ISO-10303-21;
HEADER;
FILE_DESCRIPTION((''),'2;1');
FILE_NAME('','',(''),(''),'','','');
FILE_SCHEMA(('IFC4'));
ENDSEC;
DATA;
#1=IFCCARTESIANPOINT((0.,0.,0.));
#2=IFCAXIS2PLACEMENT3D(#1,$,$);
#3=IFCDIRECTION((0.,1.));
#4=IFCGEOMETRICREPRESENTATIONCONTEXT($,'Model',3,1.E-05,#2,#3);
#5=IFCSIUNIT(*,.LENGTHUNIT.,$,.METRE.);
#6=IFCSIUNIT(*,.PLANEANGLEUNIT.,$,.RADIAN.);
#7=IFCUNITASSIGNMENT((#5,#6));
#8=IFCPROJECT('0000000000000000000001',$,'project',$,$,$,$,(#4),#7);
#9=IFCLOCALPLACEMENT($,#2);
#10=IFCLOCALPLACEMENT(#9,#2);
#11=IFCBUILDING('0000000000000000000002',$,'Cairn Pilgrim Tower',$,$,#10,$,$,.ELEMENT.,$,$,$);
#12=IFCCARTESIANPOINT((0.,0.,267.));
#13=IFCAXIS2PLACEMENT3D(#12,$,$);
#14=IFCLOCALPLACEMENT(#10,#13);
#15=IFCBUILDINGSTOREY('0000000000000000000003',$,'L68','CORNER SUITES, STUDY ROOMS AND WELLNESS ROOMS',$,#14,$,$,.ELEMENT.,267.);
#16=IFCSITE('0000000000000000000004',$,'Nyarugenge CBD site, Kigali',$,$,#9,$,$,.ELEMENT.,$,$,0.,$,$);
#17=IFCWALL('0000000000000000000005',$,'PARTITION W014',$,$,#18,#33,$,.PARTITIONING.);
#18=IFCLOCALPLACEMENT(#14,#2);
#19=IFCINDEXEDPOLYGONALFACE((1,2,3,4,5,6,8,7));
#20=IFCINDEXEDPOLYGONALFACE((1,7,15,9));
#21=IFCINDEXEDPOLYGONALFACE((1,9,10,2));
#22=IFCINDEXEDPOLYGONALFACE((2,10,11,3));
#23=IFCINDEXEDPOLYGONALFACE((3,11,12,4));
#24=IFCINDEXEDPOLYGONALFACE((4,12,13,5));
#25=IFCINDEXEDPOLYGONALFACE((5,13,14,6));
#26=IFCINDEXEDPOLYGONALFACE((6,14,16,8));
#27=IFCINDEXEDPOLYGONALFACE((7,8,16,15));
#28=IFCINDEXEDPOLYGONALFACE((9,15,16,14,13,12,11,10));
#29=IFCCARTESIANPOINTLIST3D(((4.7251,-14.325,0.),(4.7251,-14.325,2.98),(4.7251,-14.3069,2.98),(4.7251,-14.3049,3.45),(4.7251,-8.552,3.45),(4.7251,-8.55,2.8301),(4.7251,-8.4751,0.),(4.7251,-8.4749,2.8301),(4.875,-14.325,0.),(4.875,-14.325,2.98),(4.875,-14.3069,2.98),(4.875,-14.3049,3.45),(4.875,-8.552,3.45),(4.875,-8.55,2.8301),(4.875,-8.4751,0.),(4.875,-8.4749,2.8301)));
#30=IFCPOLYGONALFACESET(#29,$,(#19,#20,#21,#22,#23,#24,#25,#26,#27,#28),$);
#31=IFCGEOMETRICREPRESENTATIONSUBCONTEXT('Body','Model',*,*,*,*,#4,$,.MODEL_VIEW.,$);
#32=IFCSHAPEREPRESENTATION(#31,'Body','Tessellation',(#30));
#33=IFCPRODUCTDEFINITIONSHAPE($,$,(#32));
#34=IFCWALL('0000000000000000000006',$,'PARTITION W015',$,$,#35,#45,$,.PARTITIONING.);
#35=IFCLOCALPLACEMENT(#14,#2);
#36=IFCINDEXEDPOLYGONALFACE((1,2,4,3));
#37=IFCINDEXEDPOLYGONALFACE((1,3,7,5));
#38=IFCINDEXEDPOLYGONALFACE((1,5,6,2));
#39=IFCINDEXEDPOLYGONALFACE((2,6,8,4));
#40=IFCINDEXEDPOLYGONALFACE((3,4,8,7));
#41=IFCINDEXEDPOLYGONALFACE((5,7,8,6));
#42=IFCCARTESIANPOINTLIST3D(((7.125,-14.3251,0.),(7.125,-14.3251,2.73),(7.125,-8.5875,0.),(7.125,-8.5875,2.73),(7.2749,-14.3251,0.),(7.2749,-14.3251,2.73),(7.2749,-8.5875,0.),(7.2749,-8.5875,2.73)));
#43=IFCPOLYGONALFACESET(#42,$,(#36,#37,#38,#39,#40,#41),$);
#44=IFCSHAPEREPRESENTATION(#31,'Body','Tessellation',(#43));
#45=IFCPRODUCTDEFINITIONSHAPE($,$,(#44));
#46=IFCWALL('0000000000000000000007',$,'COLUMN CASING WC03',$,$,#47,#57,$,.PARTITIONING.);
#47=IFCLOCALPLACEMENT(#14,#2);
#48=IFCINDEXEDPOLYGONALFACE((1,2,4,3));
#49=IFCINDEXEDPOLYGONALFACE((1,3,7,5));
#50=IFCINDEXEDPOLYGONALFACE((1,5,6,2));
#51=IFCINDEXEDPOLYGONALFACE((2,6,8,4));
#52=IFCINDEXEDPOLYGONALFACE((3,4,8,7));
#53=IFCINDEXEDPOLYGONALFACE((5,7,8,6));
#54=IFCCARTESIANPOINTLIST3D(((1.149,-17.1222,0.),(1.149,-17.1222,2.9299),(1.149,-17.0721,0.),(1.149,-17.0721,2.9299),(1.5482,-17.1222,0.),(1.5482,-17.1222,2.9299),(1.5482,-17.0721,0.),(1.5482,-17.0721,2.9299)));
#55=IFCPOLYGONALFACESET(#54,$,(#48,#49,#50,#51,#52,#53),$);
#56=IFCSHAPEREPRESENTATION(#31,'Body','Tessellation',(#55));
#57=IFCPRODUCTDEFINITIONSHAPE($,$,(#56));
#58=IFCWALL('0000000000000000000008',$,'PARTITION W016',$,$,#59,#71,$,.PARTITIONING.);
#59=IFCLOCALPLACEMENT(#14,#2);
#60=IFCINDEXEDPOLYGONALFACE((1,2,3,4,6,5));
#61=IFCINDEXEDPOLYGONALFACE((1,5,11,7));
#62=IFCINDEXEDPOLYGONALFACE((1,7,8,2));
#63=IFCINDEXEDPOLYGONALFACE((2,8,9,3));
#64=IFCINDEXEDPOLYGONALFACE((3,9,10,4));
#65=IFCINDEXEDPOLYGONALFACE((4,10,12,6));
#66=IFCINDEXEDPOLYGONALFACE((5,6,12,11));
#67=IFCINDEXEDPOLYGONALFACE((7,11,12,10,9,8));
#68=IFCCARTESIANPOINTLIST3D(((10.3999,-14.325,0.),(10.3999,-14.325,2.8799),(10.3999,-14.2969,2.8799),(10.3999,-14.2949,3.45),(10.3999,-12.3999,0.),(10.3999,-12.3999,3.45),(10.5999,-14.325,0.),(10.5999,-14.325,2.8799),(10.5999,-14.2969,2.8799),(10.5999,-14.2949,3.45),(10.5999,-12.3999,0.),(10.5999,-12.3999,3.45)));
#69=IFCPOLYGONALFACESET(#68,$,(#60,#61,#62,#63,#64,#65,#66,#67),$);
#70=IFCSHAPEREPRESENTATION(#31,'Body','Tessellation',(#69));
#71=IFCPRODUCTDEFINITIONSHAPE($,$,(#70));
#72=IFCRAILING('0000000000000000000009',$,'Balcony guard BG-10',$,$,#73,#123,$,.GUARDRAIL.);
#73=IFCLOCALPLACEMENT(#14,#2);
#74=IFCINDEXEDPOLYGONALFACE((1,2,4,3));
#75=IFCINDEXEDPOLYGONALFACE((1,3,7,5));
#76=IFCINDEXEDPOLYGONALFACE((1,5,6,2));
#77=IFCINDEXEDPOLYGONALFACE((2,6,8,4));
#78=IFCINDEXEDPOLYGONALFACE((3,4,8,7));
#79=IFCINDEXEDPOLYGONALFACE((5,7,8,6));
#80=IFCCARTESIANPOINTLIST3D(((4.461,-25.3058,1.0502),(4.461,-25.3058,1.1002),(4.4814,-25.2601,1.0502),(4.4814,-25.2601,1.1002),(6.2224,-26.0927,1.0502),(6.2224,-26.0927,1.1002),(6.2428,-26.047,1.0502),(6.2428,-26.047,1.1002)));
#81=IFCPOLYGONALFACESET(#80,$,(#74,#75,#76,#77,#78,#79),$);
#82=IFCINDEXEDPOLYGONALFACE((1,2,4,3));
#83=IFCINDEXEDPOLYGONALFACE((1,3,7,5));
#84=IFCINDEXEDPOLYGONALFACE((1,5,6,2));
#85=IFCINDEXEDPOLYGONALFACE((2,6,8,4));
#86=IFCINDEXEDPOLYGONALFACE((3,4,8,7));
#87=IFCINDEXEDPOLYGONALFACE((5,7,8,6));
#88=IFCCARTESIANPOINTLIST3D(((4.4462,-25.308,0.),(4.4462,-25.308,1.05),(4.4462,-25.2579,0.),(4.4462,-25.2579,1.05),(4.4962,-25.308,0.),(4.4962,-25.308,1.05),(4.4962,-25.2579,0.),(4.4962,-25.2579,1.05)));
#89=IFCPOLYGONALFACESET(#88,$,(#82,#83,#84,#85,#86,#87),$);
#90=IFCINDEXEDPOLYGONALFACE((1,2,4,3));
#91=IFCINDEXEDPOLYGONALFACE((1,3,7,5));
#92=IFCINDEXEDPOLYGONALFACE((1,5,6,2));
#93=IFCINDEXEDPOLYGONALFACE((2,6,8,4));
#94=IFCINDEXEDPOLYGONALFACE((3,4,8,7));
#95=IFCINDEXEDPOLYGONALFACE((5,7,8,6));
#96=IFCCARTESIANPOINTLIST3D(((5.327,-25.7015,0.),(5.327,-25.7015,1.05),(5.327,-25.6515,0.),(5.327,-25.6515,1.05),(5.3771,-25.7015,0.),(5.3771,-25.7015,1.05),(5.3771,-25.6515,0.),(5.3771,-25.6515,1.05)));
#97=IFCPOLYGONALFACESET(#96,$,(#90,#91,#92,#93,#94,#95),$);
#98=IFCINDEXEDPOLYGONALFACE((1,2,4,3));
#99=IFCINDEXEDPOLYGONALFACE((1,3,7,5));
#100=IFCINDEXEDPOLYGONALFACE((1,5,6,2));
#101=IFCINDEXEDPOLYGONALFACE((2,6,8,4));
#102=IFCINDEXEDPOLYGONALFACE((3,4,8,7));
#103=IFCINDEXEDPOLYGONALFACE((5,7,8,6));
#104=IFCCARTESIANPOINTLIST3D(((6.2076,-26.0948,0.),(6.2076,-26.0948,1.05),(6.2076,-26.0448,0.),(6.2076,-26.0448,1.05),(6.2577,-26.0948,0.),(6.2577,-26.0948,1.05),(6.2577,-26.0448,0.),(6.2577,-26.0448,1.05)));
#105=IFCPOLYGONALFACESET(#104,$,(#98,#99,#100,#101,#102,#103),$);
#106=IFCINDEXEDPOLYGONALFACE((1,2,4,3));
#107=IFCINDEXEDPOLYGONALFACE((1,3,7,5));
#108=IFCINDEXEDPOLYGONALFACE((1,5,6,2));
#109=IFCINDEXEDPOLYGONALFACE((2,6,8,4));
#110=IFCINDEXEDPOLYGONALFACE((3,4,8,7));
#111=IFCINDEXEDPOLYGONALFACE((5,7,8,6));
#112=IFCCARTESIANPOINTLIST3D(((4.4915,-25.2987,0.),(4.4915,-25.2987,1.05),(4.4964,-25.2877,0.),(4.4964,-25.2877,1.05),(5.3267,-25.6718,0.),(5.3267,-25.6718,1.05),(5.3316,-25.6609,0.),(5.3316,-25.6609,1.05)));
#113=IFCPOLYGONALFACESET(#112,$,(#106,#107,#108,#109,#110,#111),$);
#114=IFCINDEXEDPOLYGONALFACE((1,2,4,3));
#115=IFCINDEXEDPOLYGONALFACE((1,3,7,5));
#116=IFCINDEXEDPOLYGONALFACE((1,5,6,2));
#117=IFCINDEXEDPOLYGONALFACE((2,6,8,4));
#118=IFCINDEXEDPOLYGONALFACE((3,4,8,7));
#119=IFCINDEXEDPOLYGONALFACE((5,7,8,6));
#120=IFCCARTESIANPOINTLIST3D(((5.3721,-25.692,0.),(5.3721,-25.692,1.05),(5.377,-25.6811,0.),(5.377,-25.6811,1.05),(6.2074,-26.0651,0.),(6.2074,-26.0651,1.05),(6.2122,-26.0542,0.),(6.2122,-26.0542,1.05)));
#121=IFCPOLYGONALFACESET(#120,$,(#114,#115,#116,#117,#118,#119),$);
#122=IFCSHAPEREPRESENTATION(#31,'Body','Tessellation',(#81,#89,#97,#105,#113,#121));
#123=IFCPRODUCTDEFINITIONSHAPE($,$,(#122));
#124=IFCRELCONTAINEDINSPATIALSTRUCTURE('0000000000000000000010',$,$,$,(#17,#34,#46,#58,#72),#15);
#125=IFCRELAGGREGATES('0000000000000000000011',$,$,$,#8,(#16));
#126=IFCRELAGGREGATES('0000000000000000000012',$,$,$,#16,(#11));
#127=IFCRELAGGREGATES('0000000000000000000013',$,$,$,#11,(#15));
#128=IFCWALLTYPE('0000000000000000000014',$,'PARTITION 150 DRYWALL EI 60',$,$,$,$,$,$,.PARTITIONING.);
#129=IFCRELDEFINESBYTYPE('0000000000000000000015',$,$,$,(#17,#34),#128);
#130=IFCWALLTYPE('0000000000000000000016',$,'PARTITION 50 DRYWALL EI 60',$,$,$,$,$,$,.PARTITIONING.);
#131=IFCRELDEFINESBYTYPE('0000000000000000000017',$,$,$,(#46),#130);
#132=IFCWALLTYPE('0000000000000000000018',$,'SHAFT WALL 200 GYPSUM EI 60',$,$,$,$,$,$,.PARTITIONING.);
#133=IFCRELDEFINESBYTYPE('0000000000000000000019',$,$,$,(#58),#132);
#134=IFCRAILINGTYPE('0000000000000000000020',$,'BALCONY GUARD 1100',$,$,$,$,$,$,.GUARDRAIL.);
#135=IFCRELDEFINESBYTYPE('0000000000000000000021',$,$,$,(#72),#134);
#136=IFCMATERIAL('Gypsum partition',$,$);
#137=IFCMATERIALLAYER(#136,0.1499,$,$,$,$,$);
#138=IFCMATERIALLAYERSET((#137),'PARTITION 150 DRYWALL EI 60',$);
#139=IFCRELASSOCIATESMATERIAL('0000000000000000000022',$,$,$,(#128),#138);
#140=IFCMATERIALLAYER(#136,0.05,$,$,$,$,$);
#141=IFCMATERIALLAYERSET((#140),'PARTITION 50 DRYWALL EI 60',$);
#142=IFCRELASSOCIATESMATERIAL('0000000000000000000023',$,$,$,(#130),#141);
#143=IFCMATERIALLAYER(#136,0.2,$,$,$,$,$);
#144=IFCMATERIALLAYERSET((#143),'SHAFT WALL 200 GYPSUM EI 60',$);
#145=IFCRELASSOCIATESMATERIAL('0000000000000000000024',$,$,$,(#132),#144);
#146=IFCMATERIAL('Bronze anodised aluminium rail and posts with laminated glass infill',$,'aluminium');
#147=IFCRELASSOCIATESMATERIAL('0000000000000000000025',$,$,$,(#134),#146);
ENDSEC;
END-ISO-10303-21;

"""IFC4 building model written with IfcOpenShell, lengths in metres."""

from ifc_helpers import new_model, si_unit, direction, frame, frame_2d, origin, origin_2d, place, context, subcontext, project, spatial, polyline, rectangle, outline, extrude, material, layer, layer_set, type_object, element, save


model = new_model("IFC4")

# Units and contexts
model_context = context("Model", 3, precision=1e-05, world=origin(), true_north=direction((0.0, 1.0)))
body_context = subcontext(model_context, "Body", "Model", "MODEL_VIEW")
ifc_project = project(units=[si_unit("LENGTHUNIT", "METRE"), si_unit("PLANEANGLEUNIT", "RADIAN")], contexts=[model_context])

# Site, building, storey
site_placement = place(None, origin())
site = spatial("IfcSite", under=ifc_project, at=site_placement, Name="Nyarugenge CBD site, Kigali", CompositionType="ELEMENT", RefElevation=0.0)
building_placement = place(site_placement, origin())
building = spatial("IfcBuilding", under=site, at=building_placement, Name="Cairn Pilgrim Tower", CompositionType="ELEMENT")
storey_placement = place(building_placement, frame((0.0, 0.0, 267.0)))
storey = spatial("IfcBuildingStorey", under=building, at=storey_placement, Name="L68", Description="CORNER SUITES, STUDY ROOMS AND WELLNESS ROOMS", CompositionType="ELEMENT", Elevation=267.0)

# Shared definitions
ifc_material_1 = material(Name="Gypsum partition")

# Shared definitions
ifc_layer_1 = layer(ifc_material_1, 0.1499)
ifc_layer_set_1 = layer_set([ifc_layer_1], Name="PARTITION 150 DRYWALL EI 60")
wall_type_1 = type_object("IfcWallType", Name="PARTITION 150 DRYWALL EI 60", PredefinedType="PARTITIONING", material=ifc_layer_set_1)

# Walls
wall_1_placement = place(storey_placement, frame((4.8, -14.325, 0.0), z_axis=(0.0, 0.0, 1.0), x_axis=(0.0, 1.0, 0.0)))
element("IfcWall", 1, at=wall_1_placement, inside=storey, type_object=wall_type_1, Name="PARTITION W014", PredefinedType="PARTITIONING", context=body_context, shape_type="SweptSolid", body=[
    extrude(outline(polyline([(0.0, 0.0), (5.8499, 0.0), (5.8501, 2.8301), (5.7749, 2.8301), (5.7729, 3.45), (0.02, 3.45), (0.0181, 2.98), (0.0, 2.98), (0.0, 0.0)])), frame((0.0, 0.075, 0.0), z_axis=(0.0, -1.0, 0.0), x_axis=(1.0, 0.0, 0.0)), (0.0, 0.0, 1.0), 0.1499),
])
wall_2_placement = place(storey_placement, frame((7.2, -14.325, 0.0), z_axis=(0.0, 0.0, 1.0), x_axis=(0.0, 1.0, 0.0)))
element("IfcWall", 2, at=wall_2_placement, inside=storey, type_object=wall_type_1, Name="PARTITION W015", PredefinedType="PARTITIONING", context=body_context, shape_type="SweptSolid", body=[
    extrude(rectangle(XDim=5.7375, YDim=0.1499, at=frame_2d((2.8687, 0.0))), origin(), (0.0, 0.0, 1.0), 2.73),
])
ifc_layer_2 = layer(ifc_material_1, 0.05)
ifc_layer_set_2 = layer_set([ifc_layer_2], Name="PARTITION 50 DRYWALL EI 60")
wall_type_2 = type_object("IfcWallType", Name="PARTITION 50 DRYWALL EI 60", PredefinedType="PARTITIONING", material=ifc_layer_set_2)
wall_3_placement = place(storey_placement, frame((1.1489, -17.0972, 0.0), z_axis=(0.0, 0.0, 1.0), x_axis=(1.0, 0.0, 0.0)))
element("IfcWall", 3, at=wall_3_placement, inside=storey, type_object=wall_type_2, Name="COLUMN CASING WC03", PredefinedType="PARTITIONING", context=body_context, shape_type="SweptSolid", body=[
    extrude(rectangle(XDim=0.3992, YDim=0.05, at=frame_2d((0.1997, 0.0))), origin(), (0.0, 0.0, 1.0), 2.9299),
])
ifc_layer_3 = layer(ifc_material_1, 0.2)
ifc_layer_set_3 = layer_set([ifc_layer_3], Name="SHAFT WALL 200 GYPSUM EI 60")
wall_type_3 = type_object("IfcWallType", Name="SHAFT WALL 200 GYPSUM EI 60", PredefinedType="PARTITIONING", material=ifc_layer_set_3)
wall_4_placement = place(storey_placement, frame((10.5, -14.325, 0.0), z_axis=(0.0, 0.0, 1.0), x_axis=(0.0, 1.0, 0.0)))
element("IfcWall", 4, at=wall_4_placement, inside=storey, type_object=wall_type_3, Name="PARTITION W016", PredefinedType="PARTITIONING", context=body_context, shape_type="SweptSolid", body=[
    extrude(outline(polyline([(0.0, 0.0), (1.925, 0.0), (1.925, 3.45), (0.03, 3.45), (0.0281, 2.8799), (0.0, 2.8799), (0.0, 0.0)])), frame((0.0, 0.1001, 0.0), z_axis=(0.0, -1.0, 0.0), x_axis=(1.0, 0.0, 0.0)), (0.0, 0.0, 1.0), 0.2),
])

# Railing
ifc_material_2 = material(Name="Bronze anodised aluminium rail and posts with laminated glass infill", Category="aluminium")
railing_type = type_object("IfcRailingType", Name="BALCONY GUARD 1100", PredefinedType="GUARDRAIL", material=ifc_material_2)
railing_1_placement = place(storey_placement, frame((4.4712, -25.283, 0.0)))
element("IfcRailing", 5, at=railing_1_placement, inside=storey, type_object=railing_type, Name="Balcony guard BG-10", PredefinedType="GUARDRAIL", context=body_context, shape_type="SweptSolid", body=[
    extrude(rectangle(XDim=0.05, YDim=0.05, at=origin_2d()), frame((0.0, 0.0, 1.0752), z_axis=(0.913043, -0.407864, 0.0), x_axis=(0.407864, 0.913043, 0.0)), (0.0, 0.0, 1.0), 1.9292),
    extrude(rectangle(XDim=0.05, YDim=0.05, at=origin_2d()), origin(), (0.0, 0.0, 1.0), 1.05),
    extrude(rectangle(XDim=0.05, YDim=0.05, at=origin_2d()), frame((0.8809, -0.3936, 0.0)), (0.0, 0.0, 1.0), 1.05),
    extrude(rectangle(XDim=0.05, YDim=0.05, at=origin_2d()), frame((1.7615, -0.7869, 0.0)), (0.0, 0.0, 1.0), 1.05),
    extrude(outline(polyline([(0.0249, 0.0), (0.9397, 0.0), (0.9397, 1.05), (0.0249, 1.05), (0.0249, 0.0)])), frame((0.0024, 0.0054, 0.0), z_axis=(-0.407864, -0.913043, 0.0), x_axis=(0.913043, -0.407864, 0.0)), (0.0, 0.0, 1.0), 0.012),
    extrude(outline(polyline([(0.0249, 0.0), (0.9397, 0.0), (0.9397, 1.05), (0.0249, 1.05), (0.0249, 0.0)])), frame((0.8831, -0.3879, 0.0), z_axis=(-0.407864, -0.913043, 0.0), x_axis=(0.913043, -0.407864, 0.0)), (0.0, 0.0, 1.0), 0.012),
])

save(model, "model.ifc")
